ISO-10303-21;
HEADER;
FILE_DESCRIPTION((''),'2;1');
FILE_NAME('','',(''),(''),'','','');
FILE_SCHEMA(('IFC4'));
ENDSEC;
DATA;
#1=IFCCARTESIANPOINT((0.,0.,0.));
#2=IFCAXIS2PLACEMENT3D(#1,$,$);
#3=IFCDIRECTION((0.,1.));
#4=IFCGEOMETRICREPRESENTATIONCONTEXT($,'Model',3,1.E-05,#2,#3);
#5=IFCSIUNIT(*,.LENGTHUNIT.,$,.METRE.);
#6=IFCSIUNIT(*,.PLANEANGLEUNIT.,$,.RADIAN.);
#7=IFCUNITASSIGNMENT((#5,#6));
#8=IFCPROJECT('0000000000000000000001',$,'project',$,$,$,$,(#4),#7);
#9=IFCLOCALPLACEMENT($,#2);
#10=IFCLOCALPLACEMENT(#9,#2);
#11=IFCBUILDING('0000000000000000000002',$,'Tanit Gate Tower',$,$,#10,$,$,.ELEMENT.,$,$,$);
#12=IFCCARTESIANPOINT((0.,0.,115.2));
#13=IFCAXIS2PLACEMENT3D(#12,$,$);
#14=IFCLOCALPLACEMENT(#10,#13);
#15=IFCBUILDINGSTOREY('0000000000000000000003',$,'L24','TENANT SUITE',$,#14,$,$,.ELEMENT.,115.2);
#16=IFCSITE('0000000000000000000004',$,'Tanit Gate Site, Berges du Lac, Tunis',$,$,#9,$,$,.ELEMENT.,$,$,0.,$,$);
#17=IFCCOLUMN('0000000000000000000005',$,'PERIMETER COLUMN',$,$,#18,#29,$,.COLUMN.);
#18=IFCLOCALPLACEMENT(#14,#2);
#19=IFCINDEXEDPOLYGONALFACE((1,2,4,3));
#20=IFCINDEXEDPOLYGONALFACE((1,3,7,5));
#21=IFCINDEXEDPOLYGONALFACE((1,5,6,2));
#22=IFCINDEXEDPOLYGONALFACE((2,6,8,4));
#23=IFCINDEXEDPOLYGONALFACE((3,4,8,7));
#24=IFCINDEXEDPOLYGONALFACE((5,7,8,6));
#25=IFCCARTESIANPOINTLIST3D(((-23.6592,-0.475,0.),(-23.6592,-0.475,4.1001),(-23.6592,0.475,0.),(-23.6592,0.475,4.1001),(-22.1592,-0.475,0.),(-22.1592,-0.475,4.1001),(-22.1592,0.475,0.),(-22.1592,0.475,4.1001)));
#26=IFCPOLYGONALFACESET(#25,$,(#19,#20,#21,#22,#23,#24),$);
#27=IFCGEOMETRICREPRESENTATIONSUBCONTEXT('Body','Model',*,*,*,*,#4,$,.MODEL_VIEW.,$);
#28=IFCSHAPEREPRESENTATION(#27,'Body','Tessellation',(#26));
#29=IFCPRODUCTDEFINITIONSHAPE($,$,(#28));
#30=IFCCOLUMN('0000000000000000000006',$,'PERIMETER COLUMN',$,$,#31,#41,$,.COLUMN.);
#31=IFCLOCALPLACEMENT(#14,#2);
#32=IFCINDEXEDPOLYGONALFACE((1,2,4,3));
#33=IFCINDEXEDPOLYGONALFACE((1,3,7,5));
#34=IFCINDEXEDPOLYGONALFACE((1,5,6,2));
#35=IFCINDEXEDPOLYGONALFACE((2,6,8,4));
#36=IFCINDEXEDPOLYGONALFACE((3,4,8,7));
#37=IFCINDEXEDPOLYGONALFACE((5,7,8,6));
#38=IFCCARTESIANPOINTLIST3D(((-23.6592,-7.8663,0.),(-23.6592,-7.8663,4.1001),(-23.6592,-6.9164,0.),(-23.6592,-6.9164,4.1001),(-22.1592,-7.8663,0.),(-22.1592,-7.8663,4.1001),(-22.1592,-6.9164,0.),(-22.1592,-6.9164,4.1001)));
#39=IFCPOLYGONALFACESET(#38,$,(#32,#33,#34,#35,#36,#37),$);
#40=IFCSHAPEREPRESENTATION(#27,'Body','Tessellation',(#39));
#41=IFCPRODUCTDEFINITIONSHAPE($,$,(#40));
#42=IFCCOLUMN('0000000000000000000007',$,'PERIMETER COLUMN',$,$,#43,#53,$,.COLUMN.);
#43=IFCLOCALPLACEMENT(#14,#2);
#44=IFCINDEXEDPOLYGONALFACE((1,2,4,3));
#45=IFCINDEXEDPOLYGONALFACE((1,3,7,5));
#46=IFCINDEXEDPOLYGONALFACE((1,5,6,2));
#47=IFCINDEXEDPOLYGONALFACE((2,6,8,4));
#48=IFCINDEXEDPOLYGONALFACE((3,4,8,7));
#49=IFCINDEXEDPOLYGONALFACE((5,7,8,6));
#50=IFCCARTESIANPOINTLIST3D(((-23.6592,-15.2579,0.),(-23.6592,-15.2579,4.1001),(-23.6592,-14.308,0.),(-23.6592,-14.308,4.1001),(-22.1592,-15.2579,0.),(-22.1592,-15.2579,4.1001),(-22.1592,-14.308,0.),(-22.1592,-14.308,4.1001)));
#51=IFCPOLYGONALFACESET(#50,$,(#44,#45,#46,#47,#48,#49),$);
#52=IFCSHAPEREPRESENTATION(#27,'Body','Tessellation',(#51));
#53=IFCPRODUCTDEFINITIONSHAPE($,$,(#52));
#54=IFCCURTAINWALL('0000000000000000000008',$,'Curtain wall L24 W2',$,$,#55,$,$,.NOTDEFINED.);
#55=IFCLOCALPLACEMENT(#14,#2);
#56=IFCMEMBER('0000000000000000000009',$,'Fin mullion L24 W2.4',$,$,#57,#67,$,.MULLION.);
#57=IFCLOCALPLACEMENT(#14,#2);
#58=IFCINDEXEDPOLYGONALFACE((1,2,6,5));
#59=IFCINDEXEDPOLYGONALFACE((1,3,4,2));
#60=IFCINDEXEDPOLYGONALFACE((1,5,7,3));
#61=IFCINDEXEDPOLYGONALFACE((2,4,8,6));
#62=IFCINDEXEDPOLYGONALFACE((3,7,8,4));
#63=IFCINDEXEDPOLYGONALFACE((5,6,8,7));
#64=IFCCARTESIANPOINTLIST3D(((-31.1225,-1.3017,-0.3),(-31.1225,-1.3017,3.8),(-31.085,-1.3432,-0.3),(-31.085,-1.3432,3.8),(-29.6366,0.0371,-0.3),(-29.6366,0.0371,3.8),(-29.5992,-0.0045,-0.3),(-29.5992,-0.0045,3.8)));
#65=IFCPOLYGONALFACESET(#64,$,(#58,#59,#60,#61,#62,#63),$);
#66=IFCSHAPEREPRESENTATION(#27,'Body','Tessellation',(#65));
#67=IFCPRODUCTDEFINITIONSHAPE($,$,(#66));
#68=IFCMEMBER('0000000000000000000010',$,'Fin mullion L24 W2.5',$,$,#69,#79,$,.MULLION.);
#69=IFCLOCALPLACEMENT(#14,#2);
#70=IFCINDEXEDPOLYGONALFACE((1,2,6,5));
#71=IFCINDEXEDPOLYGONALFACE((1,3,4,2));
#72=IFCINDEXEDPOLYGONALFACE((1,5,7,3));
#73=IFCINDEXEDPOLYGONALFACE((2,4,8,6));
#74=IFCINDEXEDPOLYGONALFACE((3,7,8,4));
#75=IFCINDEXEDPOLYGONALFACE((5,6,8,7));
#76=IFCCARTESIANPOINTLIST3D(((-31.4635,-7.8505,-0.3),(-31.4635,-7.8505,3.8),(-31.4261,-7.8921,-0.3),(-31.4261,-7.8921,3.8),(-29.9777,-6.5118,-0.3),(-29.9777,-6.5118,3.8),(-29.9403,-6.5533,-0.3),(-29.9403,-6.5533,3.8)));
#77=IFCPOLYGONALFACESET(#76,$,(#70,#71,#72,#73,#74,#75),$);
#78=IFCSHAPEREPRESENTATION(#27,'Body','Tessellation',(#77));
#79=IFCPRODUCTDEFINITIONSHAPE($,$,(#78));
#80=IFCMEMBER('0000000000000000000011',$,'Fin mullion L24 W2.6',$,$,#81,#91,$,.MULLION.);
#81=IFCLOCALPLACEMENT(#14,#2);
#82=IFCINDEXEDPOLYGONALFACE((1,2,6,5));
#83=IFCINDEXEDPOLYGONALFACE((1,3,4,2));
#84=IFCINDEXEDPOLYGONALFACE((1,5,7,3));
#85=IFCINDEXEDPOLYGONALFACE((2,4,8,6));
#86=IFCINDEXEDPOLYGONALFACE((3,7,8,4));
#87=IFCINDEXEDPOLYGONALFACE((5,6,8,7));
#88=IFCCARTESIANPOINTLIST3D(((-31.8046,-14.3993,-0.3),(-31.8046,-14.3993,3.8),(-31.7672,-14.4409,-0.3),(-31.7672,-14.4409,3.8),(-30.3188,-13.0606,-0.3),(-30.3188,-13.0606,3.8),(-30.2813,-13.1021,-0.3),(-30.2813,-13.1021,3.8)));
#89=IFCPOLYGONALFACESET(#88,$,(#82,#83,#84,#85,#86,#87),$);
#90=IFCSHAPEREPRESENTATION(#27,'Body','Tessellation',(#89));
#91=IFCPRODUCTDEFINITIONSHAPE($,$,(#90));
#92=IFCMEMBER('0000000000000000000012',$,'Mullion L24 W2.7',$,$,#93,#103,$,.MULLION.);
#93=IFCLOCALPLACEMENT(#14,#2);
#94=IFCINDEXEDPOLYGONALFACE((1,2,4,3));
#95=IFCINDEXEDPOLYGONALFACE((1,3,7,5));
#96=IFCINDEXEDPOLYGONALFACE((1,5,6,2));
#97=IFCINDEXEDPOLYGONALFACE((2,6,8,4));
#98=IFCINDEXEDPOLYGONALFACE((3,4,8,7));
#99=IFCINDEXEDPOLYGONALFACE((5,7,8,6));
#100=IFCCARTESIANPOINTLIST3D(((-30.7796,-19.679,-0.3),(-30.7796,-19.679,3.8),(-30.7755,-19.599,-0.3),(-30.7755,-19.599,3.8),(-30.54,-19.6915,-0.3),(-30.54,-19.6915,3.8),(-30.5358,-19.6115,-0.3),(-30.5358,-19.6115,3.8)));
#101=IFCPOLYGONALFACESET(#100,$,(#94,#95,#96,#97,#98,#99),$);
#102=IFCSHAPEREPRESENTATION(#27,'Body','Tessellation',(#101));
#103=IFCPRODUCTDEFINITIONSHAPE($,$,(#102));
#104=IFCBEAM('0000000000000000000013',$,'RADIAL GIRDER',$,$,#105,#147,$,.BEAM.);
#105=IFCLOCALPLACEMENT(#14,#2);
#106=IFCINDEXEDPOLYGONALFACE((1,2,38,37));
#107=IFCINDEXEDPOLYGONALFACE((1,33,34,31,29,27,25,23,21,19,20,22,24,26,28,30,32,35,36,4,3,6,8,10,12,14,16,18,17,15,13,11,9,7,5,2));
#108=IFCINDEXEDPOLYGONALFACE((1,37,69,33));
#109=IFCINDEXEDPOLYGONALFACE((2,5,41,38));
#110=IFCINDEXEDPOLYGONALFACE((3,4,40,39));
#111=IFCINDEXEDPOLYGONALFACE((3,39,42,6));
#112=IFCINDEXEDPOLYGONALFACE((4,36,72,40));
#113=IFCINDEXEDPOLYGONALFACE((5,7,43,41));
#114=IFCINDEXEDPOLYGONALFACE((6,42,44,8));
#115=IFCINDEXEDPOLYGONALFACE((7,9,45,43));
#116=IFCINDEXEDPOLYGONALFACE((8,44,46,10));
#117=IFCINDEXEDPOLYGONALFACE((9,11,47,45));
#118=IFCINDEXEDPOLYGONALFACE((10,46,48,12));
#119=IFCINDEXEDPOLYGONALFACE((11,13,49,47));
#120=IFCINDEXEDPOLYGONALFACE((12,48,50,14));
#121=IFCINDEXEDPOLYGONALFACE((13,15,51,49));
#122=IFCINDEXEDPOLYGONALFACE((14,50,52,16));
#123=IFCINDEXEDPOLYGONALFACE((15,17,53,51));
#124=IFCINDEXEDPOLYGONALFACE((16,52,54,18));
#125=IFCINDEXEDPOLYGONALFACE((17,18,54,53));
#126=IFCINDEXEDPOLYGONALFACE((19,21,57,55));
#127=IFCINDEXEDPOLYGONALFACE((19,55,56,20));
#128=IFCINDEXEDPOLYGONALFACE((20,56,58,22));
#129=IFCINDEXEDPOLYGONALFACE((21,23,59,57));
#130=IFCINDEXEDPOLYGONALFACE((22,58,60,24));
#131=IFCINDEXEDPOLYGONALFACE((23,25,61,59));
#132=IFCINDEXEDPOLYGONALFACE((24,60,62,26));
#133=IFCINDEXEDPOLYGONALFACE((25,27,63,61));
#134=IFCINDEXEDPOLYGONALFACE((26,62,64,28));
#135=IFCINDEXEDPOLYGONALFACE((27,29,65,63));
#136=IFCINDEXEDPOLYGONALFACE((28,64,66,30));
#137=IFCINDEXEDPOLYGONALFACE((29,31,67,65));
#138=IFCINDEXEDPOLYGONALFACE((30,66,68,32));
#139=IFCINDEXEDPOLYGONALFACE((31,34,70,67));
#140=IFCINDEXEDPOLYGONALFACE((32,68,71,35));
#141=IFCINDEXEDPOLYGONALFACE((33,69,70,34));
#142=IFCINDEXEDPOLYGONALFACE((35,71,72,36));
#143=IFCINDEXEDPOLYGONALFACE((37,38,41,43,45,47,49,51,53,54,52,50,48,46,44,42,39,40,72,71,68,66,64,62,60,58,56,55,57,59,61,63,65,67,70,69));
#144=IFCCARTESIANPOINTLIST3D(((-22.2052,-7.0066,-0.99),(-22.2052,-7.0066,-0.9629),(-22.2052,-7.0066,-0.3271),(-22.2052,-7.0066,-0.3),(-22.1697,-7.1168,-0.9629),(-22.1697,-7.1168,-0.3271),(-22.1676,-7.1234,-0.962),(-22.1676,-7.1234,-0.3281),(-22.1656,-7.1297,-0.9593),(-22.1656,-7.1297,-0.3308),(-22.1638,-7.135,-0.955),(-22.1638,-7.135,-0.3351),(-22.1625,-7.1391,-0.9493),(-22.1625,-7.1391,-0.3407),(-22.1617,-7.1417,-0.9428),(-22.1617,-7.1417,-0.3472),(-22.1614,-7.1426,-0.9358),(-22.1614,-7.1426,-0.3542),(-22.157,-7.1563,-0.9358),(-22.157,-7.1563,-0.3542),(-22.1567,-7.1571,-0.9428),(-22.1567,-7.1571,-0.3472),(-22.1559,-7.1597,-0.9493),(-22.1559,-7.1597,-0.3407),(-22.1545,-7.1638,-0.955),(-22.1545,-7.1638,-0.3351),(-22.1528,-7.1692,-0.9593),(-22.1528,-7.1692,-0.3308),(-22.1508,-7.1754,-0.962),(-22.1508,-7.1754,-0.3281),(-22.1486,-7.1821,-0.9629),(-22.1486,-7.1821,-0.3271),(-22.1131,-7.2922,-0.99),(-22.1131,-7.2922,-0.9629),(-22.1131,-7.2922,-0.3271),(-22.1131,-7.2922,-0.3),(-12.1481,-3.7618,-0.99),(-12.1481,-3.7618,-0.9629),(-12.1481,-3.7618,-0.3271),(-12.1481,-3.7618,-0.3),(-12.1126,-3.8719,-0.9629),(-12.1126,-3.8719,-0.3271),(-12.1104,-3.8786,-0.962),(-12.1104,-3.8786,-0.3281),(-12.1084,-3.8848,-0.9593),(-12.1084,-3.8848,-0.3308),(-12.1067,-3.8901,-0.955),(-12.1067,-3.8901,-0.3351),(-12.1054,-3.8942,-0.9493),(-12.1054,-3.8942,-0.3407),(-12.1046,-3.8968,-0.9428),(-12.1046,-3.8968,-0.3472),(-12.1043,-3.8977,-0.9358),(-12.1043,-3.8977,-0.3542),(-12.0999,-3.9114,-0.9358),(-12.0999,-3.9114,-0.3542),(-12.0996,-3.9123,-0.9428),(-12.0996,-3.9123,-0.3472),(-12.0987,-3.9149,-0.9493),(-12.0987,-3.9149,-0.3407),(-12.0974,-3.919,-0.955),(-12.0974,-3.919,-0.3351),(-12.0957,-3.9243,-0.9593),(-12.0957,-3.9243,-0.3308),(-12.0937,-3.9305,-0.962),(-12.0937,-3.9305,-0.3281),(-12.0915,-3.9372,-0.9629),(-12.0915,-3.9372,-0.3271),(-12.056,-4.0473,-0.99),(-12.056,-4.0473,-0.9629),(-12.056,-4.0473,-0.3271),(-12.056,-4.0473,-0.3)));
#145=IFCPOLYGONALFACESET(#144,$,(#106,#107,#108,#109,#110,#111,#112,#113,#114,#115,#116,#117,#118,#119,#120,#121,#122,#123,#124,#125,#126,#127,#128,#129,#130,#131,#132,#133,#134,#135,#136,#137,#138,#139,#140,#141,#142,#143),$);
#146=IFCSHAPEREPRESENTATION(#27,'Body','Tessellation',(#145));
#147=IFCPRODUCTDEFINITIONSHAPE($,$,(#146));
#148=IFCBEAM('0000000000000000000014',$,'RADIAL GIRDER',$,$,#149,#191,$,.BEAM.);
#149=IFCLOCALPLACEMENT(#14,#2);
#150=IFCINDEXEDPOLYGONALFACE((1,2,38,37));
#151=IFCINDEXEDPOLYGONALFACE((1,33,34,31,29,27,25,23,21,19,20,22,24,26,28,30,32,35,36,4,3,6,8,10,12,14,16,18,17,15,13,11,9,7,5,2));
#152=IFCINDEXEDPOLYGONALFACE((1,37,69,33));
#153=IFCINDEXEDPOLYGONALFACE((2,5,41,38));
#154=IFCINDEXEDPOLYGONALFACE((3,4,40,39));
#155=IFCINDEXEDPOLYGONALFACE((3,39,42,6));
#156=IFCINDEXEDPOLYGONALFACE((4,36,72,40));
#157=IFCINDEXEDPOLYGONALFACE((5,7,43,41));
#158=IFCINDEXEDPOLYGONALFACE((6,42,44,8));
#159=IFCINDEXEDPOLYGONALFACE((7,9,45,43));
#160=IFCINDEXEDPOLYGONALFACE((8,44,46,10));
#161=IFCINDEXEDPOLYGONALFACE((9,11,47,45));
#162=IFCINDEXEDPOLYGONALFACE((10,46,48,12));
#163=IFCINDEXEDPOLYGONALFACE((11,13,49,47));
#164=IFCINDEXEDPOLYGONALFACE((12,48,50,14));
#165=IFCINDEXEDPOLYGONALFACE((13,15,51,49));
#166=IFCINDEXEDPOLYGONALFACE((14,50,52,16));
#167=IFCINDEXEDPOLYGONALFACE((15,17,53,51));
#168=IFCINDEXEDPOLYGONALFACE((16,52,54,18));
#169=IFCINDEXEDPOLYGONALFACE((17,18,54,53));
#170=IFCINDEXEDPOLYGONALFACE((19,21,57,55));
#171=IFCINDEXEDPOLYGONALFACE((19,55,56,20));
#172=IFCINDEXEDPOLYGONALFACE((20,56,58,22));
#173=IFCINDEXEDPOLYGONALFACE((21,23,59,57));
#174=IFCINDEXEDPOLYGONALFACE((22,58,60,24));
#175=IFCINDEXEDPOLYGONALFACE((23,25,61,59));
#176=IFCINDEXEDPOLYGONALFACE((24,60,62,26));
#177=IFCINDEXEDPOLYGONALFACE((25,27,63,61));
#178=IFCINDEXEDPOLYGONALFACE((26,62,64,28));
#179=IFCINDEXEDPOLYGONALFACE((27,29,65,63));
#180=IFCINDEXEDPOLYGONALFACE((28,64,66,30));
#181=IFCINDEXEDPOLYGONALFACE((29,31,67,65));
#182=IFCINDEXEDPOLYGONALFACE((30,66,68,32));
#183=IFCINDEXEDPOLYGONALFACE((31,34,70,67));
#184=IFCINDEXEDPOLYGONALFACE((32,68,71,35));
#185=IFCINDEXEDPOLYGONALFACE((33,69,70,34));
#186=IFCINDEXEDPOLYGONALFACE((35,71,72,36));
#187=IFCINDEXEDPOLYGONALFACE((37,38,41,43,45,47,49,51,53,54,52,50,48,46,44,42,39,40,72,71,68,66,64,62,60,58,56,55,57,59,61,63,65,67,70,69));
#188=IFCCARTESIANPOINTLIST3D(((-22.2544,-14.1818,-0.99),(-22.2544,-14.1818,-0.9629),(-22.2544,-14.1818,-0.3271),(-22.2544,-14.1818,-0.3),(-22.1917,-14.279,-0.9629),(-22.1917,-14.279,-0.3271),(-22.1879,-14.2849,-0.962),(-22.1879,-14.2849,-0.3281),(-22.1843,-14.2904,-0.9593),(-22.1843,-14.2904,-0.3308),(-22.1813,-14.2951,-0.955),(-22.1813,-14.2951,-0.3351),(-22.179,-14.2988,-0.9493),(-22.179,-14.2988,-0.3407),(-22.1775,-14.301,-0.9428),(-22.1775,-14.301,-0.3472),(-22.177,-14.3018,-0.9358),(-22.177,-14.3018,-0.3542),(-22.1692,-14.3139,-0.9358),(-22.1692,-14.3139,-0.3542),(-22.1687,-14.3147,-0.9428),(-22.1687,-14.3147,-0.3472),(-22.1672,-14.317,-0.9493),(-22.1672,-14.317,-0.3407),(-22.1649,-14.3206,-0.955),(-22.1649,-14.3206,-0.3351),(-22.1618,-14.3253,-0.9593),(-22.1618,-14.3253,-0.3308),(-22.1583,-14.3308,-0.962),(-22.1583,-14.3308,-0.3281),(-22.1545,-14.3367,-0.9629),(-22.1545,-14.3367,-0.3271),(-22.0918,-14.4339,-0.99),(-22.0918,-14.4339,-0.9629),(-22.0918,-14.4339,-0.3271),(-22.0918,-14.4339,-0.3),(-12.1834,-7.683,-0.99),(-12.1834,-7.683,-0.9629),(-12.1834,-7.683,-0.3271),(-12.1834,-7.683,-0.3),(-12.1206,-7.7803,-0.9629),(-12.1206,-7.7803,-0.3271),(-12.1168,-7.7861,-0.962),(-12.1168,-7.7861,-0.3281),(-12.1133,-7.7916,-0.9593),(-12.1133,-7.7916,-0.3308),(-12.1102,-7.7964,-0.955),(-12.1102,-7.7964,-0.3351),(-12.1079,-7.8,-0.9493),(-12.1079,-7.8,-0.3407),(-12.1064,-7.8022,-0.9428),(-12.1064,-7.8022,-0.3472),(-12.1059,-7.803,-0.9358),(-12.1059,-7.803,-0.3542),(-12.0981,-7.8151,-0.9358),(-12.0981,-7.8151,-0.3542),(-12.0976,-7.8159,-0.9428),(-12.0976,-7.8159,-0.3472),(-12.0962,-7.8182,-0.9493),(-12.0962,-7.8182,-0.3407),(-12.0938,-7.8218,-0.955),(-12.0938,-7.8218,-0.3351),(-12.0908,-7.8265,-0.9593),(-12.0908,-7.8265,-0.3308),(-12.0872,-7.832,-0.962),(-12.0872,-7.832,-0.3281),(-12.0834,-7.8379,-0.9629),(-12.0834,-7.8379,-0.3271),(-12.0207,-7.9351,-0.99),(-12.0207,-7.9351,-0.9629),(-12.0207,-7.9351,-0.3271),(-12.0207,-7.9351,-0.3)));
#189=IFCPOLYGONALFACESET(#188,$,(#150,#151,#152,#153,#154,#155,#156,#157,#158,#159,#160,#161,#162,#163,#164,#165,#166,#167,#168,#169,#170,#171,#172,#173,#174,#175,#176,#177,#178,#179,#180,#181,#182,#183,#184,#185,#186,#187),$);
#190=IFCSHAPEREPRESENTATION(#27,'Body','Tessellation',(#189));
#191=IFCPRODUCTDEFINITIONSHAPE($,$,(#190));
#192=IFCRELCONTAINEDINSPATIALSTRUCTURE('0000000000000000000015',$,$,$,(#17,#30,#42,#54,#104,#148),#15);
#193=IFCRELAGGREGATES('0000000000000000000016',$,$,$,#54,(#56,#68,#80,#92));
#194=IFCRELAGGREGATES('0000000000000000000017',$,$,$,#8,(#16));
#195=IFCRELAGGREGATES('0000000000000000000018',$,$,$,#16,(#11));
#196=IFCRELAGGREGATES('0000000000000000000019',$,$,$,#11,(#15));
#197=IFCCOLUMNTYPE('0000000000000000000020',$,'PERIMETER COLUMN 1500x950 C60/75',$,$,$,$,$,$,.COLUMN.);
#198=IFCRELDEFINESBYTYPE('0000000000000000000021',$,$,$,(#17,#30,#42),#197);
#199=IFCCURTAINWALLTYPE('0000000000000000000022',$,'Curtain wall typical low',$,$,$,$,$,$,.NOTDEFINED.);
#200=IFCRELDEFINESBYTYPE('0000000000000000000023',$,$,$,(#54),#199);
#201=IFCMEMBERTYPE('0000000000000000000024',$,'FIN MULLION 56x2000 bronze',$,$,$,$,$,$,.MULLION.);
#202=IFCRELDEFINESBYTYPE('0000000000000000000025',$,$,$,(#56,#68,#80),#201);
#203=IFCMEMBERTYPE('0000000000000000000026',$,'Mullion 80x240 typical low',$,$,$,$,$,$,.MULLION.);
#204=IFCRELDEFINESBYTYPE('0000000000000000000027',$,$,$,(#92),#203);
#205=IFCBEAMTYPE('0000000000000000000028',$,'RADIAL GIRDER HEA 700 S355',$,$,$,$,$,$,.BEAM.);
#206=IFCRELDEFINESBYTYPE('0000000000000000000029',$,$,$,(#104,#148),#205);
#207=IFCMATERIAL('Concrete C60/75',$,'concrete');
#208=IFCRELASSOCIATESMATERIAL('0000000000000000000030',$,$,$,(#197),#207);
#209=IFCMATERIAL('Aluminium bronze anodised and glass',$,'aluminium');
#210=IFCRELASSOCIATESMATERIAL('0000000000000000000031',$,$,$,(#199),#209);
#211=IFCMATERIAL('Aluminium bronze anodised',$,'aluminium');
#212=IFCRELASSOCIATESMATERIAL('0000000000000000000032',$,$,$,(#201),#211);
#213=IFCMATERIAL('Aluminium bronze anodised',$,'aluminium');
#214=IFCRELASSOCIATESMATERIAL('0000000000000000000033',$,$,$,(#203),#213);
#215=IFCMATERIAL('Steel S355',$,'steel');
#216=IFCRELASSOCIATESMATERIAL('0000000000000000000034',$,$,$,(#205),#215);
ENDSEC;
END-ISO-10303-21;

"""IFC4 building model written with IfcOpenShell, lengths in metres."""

from ifc_helpers import new_model, si_unit, direction, frame, origin, origin_2d, place, context, subcontext, project, spatial, rectangle, i_section, extrude, material, material_profile, profile_set, type_object, element, aggregate, save


model = new_model("IFC4")

# Units and contexts
model_context = context("Model", 3, precision=1e-05, world=origin(), true_north=direction((0.0, 1.0)))
body_context = subcontext(model_context, "Body", "Model", "MODEL_VIEW")
ifc_project = project(units=[si_unit("LENGTHUNIT", "METRE"), si_unit("PLANEANGLEUNIT", "RADIAN")], contexts=[model_context])

# Site, building, storey
site_placement = place(None, origin())
site = spatial("IfcSite", under=ifc_project, at=site_placement, Name="Tanit Gate Site, Berges du Lac, Tunis", CompositionType="ELEMENT", RefElevation=0.0)
building_placement = place(site_placement, origin())
building = spatial("IfcBuilding", under=site, at=building_placement, Name="Tanit Gate Tower", CompositionType="ELEMENT")
storey_placement = place(building_placement, frame((0.0, 0.0, 115.2)))
storey = spatial("IfcBuildingStorey", under=building, at=storey_placement, Name="L24", Description="TENANT SUITE", CompositionType="ELEMENT", Elevation=115.2)

# Columns
ifc_material_1 = material(Name="Concrete C60/75", Category="concrete")
ifc_material_profile_1 = material_profile(ifc_material_1, rectangle(XDim=1.5, YDim=0.95, at=origin_2d()), Name="RC 1500x950")
ifc_profile_set_1 = profile_set([ifc_material_profile_1], Name="Concrete C60/75")
column_type = type_object("IfcColumnType", Name="PERIMETER COLUMN 1500x950 C60/75", PredefinedType="COLUMN", material=ifc_profile_set_1)
for number, where, z_axis, x_axis, name in (
    (1, (-22.9092, 0.0, 0.0), (0.0, 0.0, 1.0), (-1.0, 0.0, 0.0), "PERIMETER COLUMN"),
    (2, (-22.9092, -7.3914, 0.0), (0.0, 0.0, 1.0), (-1.0, 0.0, 0.0), "PERIMETER COLUMN"),
    (3, (-22.9092, -14.783, 0.0), (0.0, 0.0, 1.0), (-1.0, 0.0, 0.0), "PERIMETER COLUMN"),
):
    element("IfcColumn", number, at=place(storey_placement, frame(where, z_axis=z_axis, x_axis=x_axis)), inside=storey, type_object=column_type, Name=name, PredefinedType="COLUMN", context=body_context, shape_type="SweptSolid", body=[
        extrude(rectangle(XDim=1.5, YDim=0.95, at=origin_2d()), origin(), (0.0, 0.0, 1.0), 4.1001),
    ])

# Curtain wall, members
ifc_material_2 = material(Name="Aluminium bronze anodised and glass", Category="aluminium")
curtain_wall_type = type_object("IfcCurtainWallType", Name="Curtain wall typical low", PredefinedType="NOTDEFINED", material=ifc_material_2)
curtain_wall_1_placement = place(storey_placement, origin())
curtain_wall_1 = element("IfcCurtainWall", 4, at=curtain_wall_1_placement, inside=storey, type_object=curtain_wall_type, Name="Curtain wall L24 W2", PredefinedType="NOTDEFINED")
ifc_material_3 = material(Name="Aluminium bronze anodised", Category="aluminium")
ifc_material_profile_2 = material_profile(ifc_material_3, rectangle(XDim=2.0, YDim=0.0559, at=origin_2d()), Name="56x2000 bronze fin mullion")
ifc_profile_set_2 = profile_set([ifc_material_profile_2], Name="Aluminium bronze anodised")
member_type_1 = type_object("IfcMemberType", Name="FIN MULLION 56x2000 bronze", PredefinedType="MULLION", material=ifc_profile_set_2)
member_1_placement = place(storey_placement, frame((-30.3608, -0.6531, -0.3), z_axis=(0.0, 0.0, 1.0), x_axis=(0.742922, 0.669378, 0.0)))
member_1 = element("IfcMember", 5, at=member_1_placement, type_object=member_type_1, Name="Fin mullion L24 W2.4", PredefinedType="MULLION", context=body_context, shape_type="SweptSolid", body=[
    extrude(rectangle(XDim=2.0, YDim=0.0559, at=origin_2d()), origin(), (0.0, 0.0, 1.0), 4.1001),
])
member_2_placement = place(storey_placement, frame((-30.7019, -7.2019, -0.3), z_axis=(0.0, 0.0, 1.0), x_axis=(0.742922, 0.669378, 0.0)))
member_2 = element("IfcMember", 6, at=member_2_placement, type_object=member_type_1, Name="Fin mullion L24 W2.5", PredefinedType="MULLION", context=body_context, shape_type="SweptSolid", body=[
    extrude(rectangle(XDim=2.0, YDim=0.0559, at=origin_2d()), origin(), (0.0, 0.0, 1.0), 4.1001),
])
member_3_placement = place(storey_placement, frame((-31.043, -13.7507, -0.3), z_axis=(0.0, 0.0, 1.0), x_axis=(0.742922, 0.669378, 0.0)))
member_3 = element("IfcMember", 7, at=member_3_placement, type_object=member_type_1, Name="Fin mullion L24 W2.6", PredefinedType="MULLION", context=body_context, shape_type="SweptSolid", body=[
    extrude(rectangle(XDim=2.0, YDim=0.0559, at=origin_2d()), origin(), (0.0, 0.0, 1.0), 4.1001),
])
ifc_material_4 = material(Name="Aluminium bronze anodised", Category="aluminium")
ifc_material_profile_3 = material_profile(ifc_material_4, rectangle(XDim=0.24, YDim=0.0801, at=origin_2d()), Name="80x240 bronze mullion")
ifc_profile_set_3 = profile_set([ifc_material_profile_3], Name="Aluminium bronze anodised")
member_type_2 = type_object("IfcMemberType", Name="Mullion 80x240 typical low", PredefinedType="MULLION", material=ifc_profile_set_3)
member_4_placement = place(storey_placement, frame((-30.6577, -19.6453, -0.3), z_axis=(0.0, 0.0, 1.0), x_axis=(0.998647, -0.052003, 0.0)))
member_4 = element("IfcMember", 8, at=member_4_placement, type_object=member_type_2, Name="Mullion L24 W2.7", PredefinedType="MULLION", context=body_context, shape_type="SweptSolid", body=[
    extrude(rectangle(XDim=0.24, YDim=0.0801, at=origin_2d()), origin(), (0.0, 0.0, 1.0), 4.1001),
])

# Beams
ifc_material_5 = material(Name="Steel S355", Category="steel")
ifc_material_profile_4 = material_profile(ifc_material_5, i_section(OverallWidth=0.3, OverallDepth=0.6899, WebThickness=0.0144, FlangeThickness=0.0271, FilletRadius=0.0271, at=origin_2d()), Name="HEA 700")
ifc_profile_set_4 = profile_set([ifc_material_profile_4], Name="Steel S355")
beam_type = type_object("IfcBeamType", Name="RADIAL GIRDER HEA 700 S355", PredefinedType="BEAM", material=ifc_profile_set_4)
beam_1_placement = place(storey_placement, frame((-22.1592, -7.1494, -0.645), z_axis=(0.951691, 0.307057, 0.0), x_axis=(-0.307057, 0.951691, 0.0)))
element("IfcBeam", 9, at=beam_1_placement, inside=storey, type_object=beam_type, Name="RADIAL GIRDER", PredefinedType="BEAM", context=body_context, shape_type="SweptSolid", body=[
    extrude(i_section(OverallWidth=0.3, OverallDepth=0.6899, WebThickness=0.0144, FlangeThickness=0.0271, FilletRadius=0.0271, at=origin_2d()), origin(), (0.0, 0.0, 1.0), 10.5676),
])
beam_2_placement = place(storey_placement, frame((-22.1731, -14.3079, -0.645), z_axis=(0.840246, 0.542205, 0.0), x_axis=(-0.542205, 0.840246, 0.0)))
element("IfcBeam", 10, at=beam_2_placement, inside=storey, type_object=beam_type, Name="RADIAL GIRDER", PredefinedType="BEAM", context=body_context, shape_type="SweptSolid", body=[
    extrude(i_section(OverallWidth=0.3, OverallDepth=0.6899, WebThickness=0.0144, FlangeThickness=0.0271, FilletRadius=0.0271, at=origin_2d()), origin(), (0.0, 0.0, 1.0), 11.9858),
])

aggregate(curtain_wall_1, [member_1, member_2, member_3, member_4])

save(model, "model.ifc")
